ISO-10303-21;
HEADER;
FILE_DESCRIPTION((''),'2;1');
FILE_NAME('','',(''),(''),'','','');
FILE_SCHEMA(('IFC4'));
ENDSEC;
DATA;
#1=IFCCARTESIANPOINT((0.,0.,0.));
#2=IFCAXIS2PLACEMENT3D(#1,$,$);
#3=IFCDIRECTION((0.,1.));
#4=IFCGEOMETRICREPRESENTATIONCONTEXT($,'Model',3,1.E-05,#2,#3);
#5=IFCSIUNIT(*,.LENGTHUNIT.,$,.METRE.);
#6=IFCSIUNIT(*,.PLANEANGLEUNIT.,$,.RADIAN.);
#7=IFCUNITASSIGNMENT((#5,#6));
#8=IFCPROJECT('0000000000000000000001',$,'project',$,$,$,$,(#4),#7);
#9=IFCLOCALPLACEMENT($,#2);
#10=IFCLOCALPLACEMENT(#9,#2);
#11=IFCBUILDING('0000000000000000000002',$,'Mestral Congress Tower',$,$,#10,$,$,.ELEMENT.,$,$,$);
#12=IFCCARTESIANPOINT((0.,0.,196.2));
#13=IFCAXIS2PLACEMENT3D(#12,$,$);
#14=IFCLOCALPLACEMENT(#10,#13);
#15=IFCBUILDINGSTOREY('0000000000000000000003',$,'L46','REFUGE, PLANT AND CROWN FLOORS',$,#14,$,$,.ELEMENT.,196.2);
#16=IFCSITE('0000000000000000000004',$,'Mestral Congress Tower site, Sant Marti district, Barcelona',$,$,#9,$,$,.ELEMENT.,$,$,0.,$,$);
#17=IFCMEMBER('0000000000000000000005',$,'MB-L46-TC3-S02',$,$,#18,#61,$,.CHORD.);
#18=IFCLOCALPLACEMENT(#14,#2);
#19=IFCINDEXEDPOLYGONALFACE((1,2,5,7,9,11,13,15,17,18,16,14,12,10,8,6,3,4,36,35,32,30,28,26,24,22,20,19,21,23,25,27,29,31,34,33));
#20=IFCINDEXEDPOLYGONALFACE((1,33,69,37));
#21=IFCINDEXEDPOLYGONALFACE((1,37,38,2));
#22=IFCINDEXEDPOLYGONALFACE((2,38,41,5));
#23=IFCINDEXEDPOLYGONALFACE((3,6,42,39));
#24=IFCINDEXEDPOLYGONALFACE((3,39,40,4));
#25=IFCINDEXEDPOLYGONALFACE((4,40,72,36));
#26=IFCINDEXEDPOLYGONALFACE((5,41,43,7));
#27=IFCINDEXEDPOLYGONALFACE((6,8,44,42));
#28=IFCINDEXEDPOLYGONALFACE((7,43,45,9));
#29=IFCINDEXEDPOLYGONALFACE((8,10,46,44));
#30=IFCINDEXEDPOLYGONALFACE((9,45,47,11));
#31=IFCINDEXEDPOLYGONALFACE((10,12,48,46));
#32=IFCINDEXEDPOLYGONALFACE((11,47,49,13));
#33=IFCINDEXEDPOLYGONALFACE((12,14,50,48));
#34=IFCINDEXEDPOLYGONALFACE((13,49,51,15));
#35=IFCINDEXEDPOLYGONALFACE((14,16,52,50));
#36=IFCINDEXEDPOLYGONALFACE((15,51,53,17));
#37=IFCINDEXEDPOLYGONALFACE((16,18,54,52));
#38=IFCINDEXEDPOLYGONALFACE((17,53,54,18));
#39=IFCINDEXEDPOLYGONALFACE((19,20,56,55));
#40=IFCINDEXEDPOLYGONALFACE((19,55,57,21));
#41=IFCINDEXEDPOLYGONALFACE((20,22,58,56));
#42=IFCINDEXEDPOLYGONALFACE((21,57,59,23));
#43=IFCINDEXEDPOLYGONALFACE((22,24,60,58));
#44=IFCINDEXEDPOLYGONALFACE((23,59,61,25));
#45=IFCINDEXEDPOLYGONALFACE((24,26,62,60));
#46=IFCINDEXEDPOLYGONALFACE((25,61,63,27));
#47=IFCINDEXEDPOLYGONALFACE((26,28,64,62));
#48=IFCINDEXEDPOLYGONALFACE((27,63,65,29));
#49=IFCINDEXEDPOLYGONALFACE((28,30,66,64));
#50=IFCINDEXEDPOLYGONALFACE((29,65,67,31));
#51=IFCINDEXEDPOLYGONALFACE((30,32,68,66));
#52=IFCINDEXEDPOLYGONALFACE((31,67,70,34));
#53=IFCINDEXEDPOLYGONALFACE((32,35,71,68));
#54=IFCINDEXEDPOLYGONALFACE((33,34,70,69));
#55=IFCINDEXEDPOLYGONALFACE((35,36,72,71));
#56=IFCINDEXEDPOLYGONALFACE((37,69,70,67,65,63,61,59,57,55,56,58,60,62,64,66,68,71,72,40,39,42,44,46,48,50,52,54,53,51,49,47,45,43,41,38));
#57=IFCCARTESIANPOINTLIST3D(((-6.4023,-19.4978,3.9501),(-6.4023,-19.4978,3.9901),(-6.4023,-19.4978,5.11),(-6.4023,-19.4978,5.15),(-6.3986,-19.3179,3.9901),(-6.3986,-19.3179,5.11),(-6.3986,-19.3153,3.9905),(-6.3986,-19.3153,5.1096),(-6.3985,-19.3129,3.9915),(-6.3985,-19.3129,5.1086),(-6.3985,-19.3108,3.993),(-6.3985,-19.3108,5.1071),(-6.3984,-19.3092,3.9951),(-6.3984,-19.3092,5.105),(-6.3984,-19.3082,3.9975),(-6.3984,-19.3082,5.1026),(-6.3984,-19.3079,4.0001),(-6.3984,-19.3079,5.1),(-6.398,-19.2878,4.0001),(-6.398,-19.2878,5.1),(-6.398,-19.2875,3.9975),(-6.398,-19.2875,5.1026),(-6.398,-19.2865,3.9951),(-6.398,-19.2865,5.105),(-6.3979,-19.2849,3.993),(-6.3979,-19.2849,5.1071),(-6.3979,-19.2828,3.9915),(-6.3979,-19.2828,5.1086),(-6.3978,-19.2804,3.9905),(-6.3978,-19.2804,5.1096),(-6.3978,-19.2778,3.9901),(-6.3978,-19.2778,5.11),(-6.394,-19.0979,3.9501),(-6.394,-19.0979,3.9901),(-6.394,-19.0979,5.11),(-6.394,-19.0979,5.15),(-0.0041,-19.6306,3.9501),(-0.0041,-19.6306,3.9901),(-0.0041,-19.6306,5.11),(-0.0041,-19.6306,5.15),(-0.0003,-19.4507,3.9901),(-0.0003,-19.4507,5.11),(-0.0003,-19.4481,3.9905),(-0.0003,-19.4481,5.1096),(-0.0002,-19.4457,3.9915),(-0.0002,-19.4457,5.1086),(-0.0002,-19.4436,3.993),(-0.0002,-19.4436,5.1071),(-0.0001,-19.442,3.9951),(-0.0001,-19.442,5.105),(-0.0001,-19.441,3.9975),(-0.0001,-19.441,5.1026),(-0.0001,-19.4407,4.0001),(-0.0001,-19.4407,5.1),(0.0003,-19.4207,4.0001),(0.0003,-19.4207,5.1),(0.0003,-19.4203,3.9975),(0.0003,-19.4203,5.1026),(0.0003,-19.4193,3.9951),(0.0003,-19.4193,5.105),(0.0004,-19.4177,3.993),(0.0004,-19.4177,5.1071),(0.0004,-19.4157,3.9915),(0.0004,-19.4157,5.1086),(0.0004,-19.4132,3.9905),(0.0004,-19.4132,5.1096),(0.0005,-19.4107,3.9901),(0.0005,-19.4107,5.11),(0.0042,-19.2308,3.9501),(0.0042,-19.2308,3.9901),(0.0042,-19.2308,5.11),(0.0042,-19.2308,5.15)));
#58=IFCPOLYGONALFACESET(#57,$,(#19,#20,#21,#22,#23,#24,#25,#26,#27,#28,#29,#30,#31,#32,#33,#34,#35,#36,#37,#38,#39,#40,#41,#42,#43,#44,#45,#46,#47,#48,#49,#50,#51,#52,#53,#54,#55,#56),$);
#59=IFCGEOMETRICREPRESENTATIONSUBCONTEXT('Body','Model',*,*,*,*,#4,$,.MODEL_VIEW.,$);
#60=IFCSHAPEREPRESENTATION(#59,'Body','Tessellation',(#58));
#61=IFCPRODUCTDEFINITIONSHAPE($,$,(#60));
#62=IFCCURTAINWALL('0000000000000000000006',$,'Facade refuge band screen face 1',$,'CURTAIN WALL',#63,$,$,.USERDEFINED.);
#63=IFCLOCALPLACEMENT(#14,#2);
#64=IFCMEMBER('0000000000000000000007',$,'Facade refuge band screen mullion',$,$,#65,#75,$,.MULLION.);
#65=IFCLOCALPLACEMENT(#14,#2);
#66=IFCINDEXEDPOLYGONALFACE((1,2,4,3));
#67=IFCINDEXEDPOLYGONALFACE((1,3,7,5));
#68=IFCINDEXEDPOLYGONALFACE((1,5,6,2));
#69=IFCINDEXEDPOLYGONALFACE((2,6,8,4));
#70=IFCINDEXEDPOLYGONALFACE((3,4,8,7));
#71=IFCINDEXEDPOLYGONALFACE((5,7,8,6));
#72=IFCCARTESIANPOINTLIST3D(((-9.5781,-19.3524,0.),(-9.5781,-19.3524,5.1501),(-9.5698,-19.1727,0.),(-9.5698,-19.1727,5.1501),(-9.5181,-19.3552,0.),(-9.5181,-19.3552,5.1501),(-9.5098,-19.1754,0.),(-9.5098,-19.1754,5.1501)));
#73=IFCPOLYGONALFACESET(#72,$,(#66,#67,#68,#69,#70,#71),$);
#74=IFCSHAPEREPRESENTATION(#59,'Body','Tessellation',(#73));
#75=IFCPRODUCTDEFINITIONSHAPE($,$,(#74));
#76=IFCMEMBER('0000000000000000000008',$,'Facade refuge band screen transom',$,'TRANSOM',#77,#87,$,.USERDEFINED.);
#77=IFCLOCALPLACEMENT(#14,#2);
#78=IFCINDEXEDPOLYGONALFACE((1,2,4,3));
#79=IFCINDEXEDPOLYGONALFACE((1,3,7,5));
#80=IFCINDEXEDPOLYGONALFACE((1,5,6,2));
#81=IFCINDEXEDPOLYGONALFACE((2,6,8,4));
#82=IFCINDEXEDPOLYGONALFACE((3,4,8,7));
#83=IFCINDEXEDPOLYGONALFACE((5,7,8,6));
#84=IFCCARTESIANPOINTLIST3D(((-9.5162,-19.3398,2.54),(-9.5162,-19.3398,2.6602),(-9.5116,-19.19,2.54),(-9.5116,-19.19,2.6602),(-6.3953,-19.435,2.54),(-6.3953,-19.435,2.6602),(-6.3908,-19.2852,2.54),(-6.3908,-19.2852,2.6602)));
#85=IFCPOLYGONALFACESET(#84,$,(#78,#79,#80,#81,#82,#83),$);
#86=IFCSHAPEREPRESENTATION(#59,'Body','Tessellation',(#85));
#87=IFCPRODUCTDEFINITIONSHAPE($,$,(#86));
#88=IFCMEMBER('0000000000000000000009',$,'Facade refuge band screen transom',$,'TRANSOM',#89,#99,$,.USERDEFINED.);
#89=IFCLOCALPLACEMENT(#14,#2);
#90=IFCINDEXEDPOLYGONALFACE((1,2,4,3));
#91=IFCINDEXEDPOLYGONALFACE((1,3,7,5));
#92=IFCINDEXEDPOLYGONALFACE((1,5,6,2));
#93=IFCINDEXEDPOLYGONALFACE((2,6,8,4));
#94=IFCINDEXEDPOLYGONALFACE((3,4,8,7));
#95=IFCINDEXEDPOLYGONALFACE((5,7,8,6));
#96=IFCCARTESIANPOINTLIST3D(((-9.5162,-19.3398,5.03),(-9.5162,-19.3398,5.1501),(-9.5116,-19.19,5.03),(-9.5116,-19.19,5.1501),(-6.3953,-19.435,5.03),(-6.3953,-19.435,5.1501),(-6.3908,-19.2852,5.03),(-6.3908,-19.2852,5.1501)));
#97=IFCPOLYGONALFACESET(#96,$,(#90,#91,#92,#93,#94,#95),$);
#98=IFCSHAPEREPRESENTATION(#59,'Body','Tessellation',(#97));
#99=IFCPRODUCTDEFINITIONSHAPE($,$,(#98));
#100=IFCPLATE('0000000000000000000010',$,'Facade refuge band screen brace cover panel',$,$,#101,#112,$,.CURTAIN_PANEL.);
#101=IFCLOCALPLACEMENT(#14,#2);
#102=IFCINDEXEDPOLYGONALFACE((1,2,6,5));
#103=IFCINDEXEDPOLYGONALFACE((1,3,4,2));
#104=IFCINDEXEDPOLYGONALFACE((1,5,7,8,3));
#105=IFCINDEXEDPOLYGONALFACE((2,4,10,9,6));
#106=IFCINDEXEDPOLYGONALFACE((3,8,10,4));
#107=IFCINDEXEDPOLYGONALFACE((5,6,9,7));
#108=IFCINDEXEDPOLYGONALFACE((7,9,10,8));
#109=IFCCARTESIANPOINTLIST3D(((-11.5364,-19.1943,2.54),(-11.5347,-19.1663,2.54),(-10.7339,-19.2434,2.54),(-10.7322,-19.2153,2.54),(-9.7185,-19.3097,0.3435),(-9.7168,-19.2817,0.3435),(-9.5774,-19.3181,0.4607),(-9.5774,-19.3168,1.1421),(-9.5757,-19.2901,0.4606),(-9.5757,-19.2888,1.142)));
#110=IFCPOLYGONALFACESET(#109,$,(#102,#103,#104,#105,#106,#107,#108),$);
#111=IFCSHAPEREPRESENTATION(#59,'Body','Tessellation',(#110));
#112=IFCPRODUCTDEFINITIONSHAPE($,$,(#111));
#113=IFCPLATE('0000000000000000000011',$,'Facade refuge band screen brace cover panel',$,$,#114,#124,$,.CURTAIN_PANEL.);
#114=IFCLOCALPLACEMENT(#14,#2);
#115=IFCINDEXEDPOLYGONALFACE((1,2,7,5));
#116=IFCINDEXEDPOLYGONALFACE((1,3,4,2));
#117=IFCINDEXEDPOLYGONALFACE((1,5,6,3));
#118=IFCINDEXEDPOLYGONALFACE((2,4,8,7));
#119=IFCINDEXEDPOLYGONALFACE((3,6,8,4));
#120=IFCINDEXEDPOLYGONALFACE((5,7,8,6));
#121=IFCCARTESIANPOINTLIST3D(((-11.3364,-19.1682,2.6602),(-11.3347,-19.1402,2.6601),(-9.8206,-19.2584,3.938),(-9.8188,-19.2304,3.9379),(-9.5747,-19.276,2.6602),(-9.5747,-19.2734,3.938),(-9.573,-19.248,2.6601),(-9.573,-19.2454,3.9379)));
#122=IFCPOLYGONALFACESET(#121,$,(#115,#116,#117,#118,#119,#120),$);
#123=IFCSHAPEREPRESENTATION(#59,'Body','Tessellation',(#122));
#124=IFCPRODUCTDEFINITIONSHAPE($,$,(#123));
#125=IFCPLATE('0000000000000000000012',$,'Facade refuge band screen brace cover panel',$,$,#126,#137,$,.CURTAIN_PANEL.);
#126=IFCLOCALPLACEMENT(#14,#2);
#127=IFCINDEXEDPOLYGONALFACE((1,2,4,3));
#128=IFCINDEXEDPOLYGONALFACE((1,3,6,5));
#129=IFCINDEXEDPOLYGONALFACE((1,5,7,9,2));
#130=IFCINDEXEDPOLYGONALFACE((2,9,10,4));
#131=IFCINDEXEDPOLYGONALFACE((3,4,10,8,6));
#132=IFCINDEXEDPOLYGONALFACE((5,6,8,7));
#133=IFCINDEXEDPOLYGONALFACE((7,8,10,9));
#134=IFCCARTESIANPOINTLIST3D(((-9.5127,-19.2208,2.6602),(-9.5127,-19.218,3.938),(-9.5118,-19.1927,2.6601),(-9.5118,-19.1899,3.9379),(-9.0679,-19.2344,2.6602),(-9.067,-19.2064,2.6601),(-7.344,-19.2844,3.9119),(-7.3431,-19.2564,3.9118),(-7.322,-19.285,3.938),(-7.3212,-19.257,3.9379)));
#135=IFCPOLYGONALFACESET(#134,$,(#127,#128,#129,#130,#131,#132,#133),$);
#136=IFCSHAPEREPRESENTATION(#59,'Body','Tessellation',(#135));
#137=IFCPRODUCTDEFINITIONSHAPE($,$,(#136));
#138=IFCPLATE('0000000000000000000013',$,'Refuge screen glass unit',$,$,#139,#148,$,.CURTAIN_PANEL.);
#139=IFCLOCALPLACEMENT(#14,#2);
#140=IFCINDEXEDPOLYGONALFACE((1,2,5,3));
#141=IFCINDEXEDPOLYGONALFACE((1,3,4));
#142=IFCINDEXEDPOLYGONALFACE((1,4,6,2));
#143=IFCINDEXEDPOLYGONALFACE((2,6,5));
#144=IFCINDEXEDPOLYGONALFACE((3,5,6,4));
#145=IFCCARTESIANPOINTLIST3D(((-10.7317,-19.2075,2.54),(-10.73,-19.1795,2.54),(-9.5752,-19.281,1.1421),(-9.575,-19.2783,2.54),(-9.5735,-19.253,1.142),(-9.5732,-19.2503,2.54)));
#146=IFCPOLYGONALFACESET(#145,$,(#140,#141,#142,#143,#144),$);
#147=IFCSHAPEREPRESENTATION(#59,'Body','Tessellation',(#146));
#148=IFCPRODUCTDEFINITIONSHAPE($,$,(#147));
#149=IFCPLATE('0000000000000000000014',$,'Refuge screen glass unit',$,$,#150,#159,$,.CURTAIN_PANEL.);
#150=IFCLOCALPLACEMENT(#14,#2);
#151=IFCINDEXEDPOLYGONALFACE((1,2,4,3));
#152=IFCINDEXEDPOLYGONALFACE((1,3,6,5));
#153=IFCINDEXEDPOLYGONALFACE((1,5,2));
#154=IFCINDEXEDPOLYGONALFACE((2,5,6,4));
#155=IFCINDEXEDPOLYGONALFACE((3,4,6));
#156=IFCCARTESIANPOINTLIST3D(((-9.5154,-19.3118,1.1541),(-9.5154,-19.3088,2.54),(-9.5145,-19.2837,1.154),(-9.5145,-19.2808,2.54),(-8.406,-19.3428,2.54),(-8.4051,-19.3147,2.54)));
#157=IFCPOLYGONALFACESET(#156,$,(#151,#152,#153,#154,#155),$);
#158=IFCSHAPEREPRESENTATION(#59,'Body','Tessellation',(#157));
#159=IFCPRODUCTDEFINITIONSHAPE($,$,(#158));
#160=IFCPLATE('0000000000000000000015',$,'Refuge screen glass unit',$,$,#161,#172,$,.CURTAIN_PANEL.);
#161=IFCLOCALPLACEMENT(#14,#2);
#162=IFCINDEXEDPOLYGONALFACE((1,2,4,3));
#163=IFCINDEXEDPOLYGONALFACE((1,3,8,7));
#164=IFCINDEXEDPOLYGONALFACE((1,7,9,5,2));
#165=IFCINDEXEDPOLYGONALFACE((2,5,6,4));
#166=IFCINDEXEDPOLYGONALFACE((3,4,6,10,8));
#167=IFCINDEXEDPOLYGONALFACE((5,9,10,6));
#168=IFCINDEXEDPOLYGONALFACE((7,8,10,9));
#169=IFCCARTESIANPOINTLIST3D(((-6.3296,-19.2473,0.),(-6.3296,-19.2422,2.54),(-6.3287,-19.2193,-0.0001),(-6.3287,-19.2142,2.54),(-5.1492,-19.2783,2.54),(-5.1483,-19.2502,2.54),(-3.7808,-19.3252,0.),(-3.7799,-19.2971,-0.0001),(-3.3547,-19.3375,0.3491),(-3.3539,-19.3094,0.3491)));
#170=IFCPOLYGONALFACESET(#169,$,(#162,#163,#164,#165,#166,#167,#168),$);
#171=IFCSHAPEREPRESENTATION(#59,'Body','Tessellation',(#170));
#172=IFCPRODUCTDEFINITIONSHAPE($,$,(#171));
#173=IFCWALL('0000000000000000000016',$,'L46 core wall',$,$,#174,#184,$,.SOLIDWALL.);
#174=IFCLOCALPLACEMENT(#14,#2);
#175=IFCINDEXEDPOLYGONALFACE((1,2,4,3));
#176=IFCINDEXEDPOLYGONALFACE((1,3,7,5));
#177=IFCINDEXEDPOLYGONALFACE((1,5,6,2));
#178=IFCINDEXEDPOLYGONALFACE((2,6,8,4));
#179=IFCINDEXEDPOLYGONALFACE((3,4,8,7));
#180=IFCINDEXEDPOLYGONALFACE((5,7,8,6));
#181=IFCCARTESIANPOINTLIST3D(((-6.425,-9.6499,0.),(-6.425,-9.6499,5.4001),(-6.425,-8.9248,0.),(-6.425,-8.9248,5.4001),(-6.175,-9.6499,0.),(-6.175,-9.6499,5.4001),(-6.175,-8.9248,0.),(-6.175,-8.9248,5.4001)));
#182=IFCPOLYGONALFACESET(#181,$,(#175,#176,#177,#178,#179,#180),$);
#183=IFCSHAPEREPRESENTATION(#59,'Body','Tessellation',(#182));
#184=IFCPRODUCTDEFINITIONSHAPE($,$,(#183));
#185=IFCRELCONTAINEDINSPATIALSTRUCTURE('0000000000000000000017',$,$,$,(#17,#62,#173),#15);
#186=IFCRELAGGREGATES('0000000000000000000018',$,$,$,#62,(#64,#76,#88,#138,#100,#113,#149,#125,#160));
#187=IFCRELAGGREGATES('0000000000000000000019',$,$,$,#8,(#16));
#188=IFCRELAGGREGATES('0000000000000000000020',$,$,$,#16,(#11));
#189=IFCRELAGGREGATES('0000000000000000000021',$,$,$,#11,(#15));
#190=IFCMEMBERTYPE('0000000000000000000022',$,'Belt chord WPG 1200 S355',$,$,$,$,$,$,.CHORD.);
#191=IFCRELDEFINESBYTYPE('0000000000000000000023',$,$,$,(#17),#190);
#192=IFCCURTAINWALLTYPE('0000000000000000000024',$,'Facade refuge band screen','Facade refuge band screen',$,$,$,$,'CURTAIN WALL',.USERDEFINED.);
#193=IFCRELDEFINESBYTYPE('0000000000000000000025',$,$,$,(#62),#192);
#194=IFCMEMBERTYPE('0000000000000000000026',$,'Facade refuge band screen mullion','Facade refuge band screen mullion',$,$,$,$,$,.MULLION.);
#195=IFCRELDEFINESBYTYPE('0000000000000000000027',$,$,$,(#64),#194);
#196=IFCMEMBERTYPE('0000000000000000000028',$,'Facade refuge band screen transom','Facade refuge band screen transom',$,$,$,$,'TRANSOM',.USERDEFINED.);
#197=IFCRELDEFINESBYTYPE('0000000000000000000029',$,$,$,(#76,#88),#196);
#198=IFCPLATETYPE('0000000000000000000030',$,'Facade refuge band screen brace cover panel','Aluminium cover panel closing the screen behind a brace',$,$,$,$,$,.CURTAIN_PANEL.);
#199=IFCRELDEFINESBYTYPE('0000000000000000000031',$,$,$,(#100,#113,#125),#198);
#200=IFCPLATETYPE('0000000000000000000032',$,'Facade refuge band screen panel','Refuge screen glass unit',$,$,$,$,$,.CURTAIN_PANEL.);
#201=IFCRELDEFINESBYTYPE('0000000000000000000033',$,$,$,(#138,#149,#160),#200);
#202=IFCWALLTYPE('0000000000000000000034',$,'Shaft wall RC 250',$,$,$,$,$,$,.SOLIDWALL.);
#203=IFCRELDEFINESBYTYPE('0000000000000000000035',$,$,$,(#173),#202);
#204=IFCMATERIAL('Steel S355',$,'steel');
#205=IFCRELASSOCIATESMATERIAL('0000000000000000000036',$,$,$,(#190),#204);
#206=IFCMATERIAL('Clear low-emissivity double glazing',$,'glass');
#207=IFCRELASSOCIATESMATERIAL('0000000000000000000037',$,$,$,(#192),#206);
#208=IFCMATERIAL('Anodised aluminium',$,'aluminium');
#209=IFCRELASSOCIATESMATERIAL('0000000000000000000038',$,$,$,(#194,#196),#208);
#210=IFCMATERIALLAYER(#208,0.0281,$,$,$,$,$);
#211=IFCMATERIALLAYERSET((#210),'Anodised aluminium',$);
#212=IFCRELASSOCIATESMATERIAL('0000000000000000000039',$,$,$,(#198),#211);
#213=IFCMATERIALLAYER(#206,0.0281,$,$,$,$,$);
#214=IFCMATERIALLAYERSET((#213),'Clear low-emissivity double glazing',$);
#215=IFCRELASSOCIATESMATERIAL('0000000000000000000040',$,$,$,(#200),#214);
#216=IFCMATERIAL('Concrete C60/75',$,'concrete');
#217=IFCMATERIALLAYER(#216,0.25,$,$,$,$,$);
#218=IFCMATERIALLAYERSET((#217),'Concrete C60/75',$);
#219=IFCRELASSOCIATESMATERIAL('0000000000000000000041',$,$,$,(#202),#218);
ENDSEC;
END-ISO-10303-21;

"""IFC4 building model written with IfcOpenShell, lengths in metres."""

from ifc_helpers import new_model, si_unit, direction, frame, frame_2d, origin, origin_2d, place, context, subcontext, project, spatial, polyline, rectangle, i_section, outline, extrude, material, layer, layer_set, material_profile, profile_set, type_object, element, aggregate, save


model = new_model("IFC4")

# Units and contexts
model_context = context("Model", 3, precision=1e-05, world=origin(), true_north=direction((0.0, 1.0)))
body_context = subcontext(model_context, "Body", "Model", "MODEL_VIEW")
ifc_project = project(units=[si_unit("LENGTHUNIT", "METRE"), si_unit("PLANEANGLEUNIT", "RADIAN")], contexts=[model_context])

# Site, building, storey
site_placement = place(None, origin())
site = spatial("IfcSite", under=ifc_project, at=site_placement, Name="Mestral Congress Tower site, Sant Marti district, Barcelona", CompositionType="ELEMENT", RefElevation=0.0)
building_placement = place(site_placement, origin())
building = spatial("IfcBuilding", under=site, at=building_placement, Name="Mestral Congress Tower", CompositionType="ELEMENT")
storey_placement = place(building_placement, frame((0.0, 0.0, 196.2)))
storey = spatial("IfcBuildingStorey", under=building, at=storey_placement, Name="L46", Description="REFUGE, PLANT AND CROWN FLOORS", CompositionType="ELEMENT", Elevation=196.2)

# Member
ifc_material_1 = material(Name="Steel S355", Category="steel")
ifc_material_profile_1 = material_profile(ifc_material_1, i_section(OverallWidth=0.3999, OverallDepth=1.2, WebThickness=0.02, FlangeThickness=0.04, FilletRadius=0.01, at=origin_2d()), Name="WPG 1200")
ifc_profile_set_1 = profile_set([ifc_material_profile_1], Name="Steel S355")
member_type_1 = type_object("IfcMemberType", Name="Belt chord WPG 1200 S355", PredefinedType="CHORD", material=ifc_profile_set_1)
member_1_placement = place(storey_placement, frame((-6.3982, -19.2979, 4.55), z_axis=(0.999785, -0.020753, 0.0), x_axis=(0.020753, 0.999785, 0.0)))
element("IfcMember", 1, at=member_1_placement, inside=storey, type_object=member_type_1, Name="MB-L46-TC3-S02", PredefinedType="CHORD", context=body_context, shape_type="SweptSolid", body=[
    extrude(i_section(OverallWidth=0.3999, OverallDepth=1.2, WebThickness=0.02, FlangeThickness=0.04, FilletRadius=0.01, at=origin_2d()), origin(), (0.0, 0.0, 1.0), 6.3997),
])

# Curtain wall, members, plates
ifc_material_2 = material(Name="Clear low-emissivity double glazing", Category="glass")
curtain_wall_type = type_object("IfcCurtainWallType", Name="Facade refuge band screen", Description="Facade refuge band screen", ElementType="CURTAIN WALL", PredefinedType="USERDEFINED", material=ifc_material_2)
curtain_wall_placement = place(storey_placement, origin())
curtain_wall = element("IfcCurtainWall", 2, at=curtain_wall_placement, inside=storey, type_object=curtain_wall_type, Name="Facade refuge band screen face 1", ObjectType="CURTAIN WALL", PredefinedType="USERDEFINED")
ifc_material_3 = material(Name="Anodised aluminium", Category="aluminium")
ifc_material_profile_2 = material_profile(ifc_material_3, rectangle(XDim=0.1799, YDim=0.0601, at=origin_2d()), Name="CW3 mullion 180 x 60")
ifc_profile_set_2 = profile_set([ifc_material_profile_2], Name="Anodised aluminium")
member_type_2 = type_object("IfcMemberType", Name="Facade refuge band screen mullion", Description="Facade refuge band screen mullion", PredefinedType="MULLION", material=ifc_profile_set_2)
member_2_placement = place(storey_placement, frame((-9.5439, -19.2639, 0.0), z_axis=(0.0, 0.0, 1.0), x_axis=(-0.045771, -0.998952, 0.0)))
member_2 = element("IfcMember", 3, at=member_2_placement, type_object=member_type_2, Name="Facade refuge band screen mullion", PredefinedType="MULLION", context=body_context, shape_type="SweptSolid", body=[
    extrude(rectangle(XDim=0.1799, YDim=0.0601, at=origin_2d()), origin(), (0.0, 0.0, 1.0), 5.1501),
])
ifc_material_profile_3 = material_profile(ifc_material_3, rectangle(XDim=0.1499, YDim=0.1201, at=origin_2d()), Name="CW3 transom 150 x 120")
ifc_profile_set_3 = profile_set([ifc_material_profile_3], Name="Anodised aluminium")
member_type_3 = type_object("IfcMemberType", Name="Facade refuge band screen transom", Description="Facade refuge band screen transom", ElementType="TRANSOM", PredefinedType="USERDEFINED", material=ifc_profile_set_3)
member_3_placement = place(storey_placement, frame((-9.5139, -19.2649, 2.6001), z_axis=(0.999535, -0.030495, 0.0), x_axis=(0.030495, 0.999535, 0.0)))
member_3 = element("IfcMember", 4, at=member_3_placement, type_object=member_type_3, Name="Facade refuge band screen transom", ObjectType="TRANSOM", PredefinedType="USERDEFINED", context=body_context, shape_type="SweptSolid", body=[
    extrude(rectangle(XDim=0.1499, YDim=0.1201, at=origin_2d()), origin(), (0.0, 0.0, 1.0), 3.1223),
])
member_4_placement = place(storey_placement, frame((-9.5139, -19.2649, 5.0901), z_axis=(0.999535, -0.030495, 0.0), x_axis=(0.030495, 0.999535, 0.0)))
member_4 = element("IfcMember", 5, at=member_4_placement, type_object=member_type_3, Name="Facade refuge band screen transom", ObjectType="TRANSOM", PredefinedType="USERDEFINED", context=body_context, shape_type="SweptSolid", body=[
    extrude(rectangle(XDim=0.1499, YDim=0.1201, at=origin_2d()), origin(), (0.0, 0.0, 1.0), 3.1223),
])
ifc_layer_1 = layer(ifc_material_3, 0.0281)
ifc_layer_set_1 = layer_set([ifc_layer_1], Name="Anodised aluminium")
plate_type_1 = type_object("IfcPlateType", Name="Facade refuge band screen brace cover panel", Description="Aluminium cover panel closing the screen behind a brace", PredefinedType="CURTAIN_PANEL", material=ifc_layer_set_1)
plate_1_placement = place(storey_placement, frame((-9.5774, -19.3181, 0.4607), z_axis=(-0.061024, -0.998134, 0.001949), x_axis=(-0.768492, 0.045738, -0.638222)))
plate_1 = element("IfcPlate", 6, at=plate_1_placement, type_object=plate_type_1, Name="Facade refuge band screen brace cover panel", PredefinedType="CURTAIN_PANEL", context=body_context, shape_type="SweptSolid", body=[
    extrude(outline(polyline([(0.0, 0.0), (0.1836, 0.0), (0.184, -2.8536), (-0.4349, -2.3404), (-0.4348, -0.5246), (0.0, 0.0)])), origin(), (0.0, 0.0, -1.0), 0.0281),
])
plate_2_placement = place(storey_placement, frame((-9.5747, -19.2734, 3.938), z_axis=(-0.061056, -0.998132, 0.001984), x_axis=(-0.000005, -0.001987, -0.999998)))
plate_2 = element("IfcPlate", 7, at=plate_2_placement, type_object=plate_type_1, Name="Facade refuge band screen brace cover panel", PredefinedType="CURTAIN_PANEL", context=body_context, shape_type="SweptSolid", body=[
    extrude(outline(polyline([(0.0, 0.0), (1.2778, 0.0), (1.2776, -1.765), (0.0, -0.2463), (0.0, 0.0)])), origin(), (0.0, 0.0, -1.0), 0.0281),
])
plate_3_placement = place(storey_placement, frame((-7.344, -19.2844, 3.9119), z_axis=(-0.030603, -0.999529, 0.002223), x_axis=(-0.808964, 0.023462, -0.587389)))
plate_3 = element("IfcPlate", 8, at=plate_3_placement, type_object=plate_type_1, Name="Facade refuge band screen brace cover panel", PredefinedType="CURTAIN_PANEL", context=body_context, shape_type="SweptSolid", body=[
    extrude(outline(polyline([(0.0, 0.0), (2.131, 0.0), (2.4911, -0.2614), (1.7406, -1.2956), (-0.0331, -0.0082), (0.0, 0.0)])), origin(), (0.0, 0.0, -1.0), 0.0281),
])
ifc_layer_2 = layer(ifc_material_2, 0.0281)
ifc_layer_set_2 = layer_set([ifc_layer_2], Name="Clear low-emissivity double glazing")
plate_type_2 = type_object("IfcPlateType", Name="Facade refuge band screen panel", Description="Refuge screen glass unit", PredefinedType="CURTAIN_PANEL", material=ifc_layer_set_2)
plate_4_placement = place(storey_placement, frame((-9.575, -19.2783, 2.54), z_axis=(-0.061093, -0.99813, 0.001928), x_axis=(-0.000175, -0.001921, -0.999998)))
plate_4 = element("IfcPlate", 9, at=plate_4_placement, type_object=plate_type_2, Name="Refuge screen glass unit", PredefinedType="CURTAIN_PANEL", context=body_context, shape_type="SweptSolid", body=[
    extrude(outline(polyline([(0.0, 0.0), (1.398, 0.0), (0.0001, -1.1589), (0.0, 0.0)])), origin(), (0.0, 0.0, -1.0), 0.0281),
])
plate_5_placement = place(storey_placement, frame((-9.5154, -19.3088, 2.54), z_axis=(-0.030575, -0.99953, 0.002113), x_axis=(0.999532, -0.030575, 0.0)))
plate_5 = element("IfcPlate", 10, at=plate_5_placement, type_object=plate_type_2, Name="Refuge screen glass unit", PredefinedType="CURTAIN_PANEL", context=body_context, shape_type="SweptSolid", body=[
    extrude(outline(polyline([(0.0, 0.0), (1.1099, 0.0), (0.0001, -1.386), (0.0, 0.0)])), origin(), (0.0, 0.0, -1.0), 0.0281),
])
plate_6_placement = place(storey_placement, frame((-3.7808, -19.3252, 0.0), z_axis=(-0.03053, -0.999532, 0.002013), x_axis=(-0.999534, 0.03053, 0.0)))
plate_6 = element("IfcPlate", 11, at=plate_6_placement, type_object=plate_type_2, Name="Refuge screen glass unit", PredefinedType="CURTAIN_PANEL", context=body_context, shape_type="SweptSolid", body=[
    extrude(outline(polyline([(0.0, 0.0), (2.55, 0.0), (2.5502, -2.54), (1.3692, -2.54), (-0.4262, -0.3491), (0.0, 0.0)])), origin(), (0.0, 0.0, -1.0), 0.0281),
])
aggregate(curtain_wall, [member_2, member_3, member_4, plate_4, plate_1, plate_2, plate_5, plate_3, plate_6])

# Wall
ifc_material_4 = material(Name="Concrete C60/75", Category="concrete")
ifc_layer_3 = layer(ifc_material_4, 0.25)
ifc_layer_set_3 = layer_set([ifc_layer_3], Name="Concrete C60/75")
wall_type_1 = type_object("IfcWallType", Name="Shaft wall RC 250", PredefinedType="SOLIDWALL", material=ifc_layer_set_3)
wall_1_placement = place(storey_placement, frame((-6.3, -8.9248, 0.0), z_axis=(0.0, 0.0, 1.0), x_axis=(0.0, -1.0, 0.0)))
element("IfcWall", 12, at=wall_1_placement, inside=storey, type_object=wall_type_1, Name="L46 core wall", PredefinedType="SOLIDWALL", context=body_context, shape_type="SweptSolid", body=[
    extrude(rectangle(XDim=0.7251, YDim=0.25, at=frame_2d((0.3625, 0.0))), origin(), (0.0, 0.0, 1.0), 5.4001),
])

save(model, "model.ifc")
